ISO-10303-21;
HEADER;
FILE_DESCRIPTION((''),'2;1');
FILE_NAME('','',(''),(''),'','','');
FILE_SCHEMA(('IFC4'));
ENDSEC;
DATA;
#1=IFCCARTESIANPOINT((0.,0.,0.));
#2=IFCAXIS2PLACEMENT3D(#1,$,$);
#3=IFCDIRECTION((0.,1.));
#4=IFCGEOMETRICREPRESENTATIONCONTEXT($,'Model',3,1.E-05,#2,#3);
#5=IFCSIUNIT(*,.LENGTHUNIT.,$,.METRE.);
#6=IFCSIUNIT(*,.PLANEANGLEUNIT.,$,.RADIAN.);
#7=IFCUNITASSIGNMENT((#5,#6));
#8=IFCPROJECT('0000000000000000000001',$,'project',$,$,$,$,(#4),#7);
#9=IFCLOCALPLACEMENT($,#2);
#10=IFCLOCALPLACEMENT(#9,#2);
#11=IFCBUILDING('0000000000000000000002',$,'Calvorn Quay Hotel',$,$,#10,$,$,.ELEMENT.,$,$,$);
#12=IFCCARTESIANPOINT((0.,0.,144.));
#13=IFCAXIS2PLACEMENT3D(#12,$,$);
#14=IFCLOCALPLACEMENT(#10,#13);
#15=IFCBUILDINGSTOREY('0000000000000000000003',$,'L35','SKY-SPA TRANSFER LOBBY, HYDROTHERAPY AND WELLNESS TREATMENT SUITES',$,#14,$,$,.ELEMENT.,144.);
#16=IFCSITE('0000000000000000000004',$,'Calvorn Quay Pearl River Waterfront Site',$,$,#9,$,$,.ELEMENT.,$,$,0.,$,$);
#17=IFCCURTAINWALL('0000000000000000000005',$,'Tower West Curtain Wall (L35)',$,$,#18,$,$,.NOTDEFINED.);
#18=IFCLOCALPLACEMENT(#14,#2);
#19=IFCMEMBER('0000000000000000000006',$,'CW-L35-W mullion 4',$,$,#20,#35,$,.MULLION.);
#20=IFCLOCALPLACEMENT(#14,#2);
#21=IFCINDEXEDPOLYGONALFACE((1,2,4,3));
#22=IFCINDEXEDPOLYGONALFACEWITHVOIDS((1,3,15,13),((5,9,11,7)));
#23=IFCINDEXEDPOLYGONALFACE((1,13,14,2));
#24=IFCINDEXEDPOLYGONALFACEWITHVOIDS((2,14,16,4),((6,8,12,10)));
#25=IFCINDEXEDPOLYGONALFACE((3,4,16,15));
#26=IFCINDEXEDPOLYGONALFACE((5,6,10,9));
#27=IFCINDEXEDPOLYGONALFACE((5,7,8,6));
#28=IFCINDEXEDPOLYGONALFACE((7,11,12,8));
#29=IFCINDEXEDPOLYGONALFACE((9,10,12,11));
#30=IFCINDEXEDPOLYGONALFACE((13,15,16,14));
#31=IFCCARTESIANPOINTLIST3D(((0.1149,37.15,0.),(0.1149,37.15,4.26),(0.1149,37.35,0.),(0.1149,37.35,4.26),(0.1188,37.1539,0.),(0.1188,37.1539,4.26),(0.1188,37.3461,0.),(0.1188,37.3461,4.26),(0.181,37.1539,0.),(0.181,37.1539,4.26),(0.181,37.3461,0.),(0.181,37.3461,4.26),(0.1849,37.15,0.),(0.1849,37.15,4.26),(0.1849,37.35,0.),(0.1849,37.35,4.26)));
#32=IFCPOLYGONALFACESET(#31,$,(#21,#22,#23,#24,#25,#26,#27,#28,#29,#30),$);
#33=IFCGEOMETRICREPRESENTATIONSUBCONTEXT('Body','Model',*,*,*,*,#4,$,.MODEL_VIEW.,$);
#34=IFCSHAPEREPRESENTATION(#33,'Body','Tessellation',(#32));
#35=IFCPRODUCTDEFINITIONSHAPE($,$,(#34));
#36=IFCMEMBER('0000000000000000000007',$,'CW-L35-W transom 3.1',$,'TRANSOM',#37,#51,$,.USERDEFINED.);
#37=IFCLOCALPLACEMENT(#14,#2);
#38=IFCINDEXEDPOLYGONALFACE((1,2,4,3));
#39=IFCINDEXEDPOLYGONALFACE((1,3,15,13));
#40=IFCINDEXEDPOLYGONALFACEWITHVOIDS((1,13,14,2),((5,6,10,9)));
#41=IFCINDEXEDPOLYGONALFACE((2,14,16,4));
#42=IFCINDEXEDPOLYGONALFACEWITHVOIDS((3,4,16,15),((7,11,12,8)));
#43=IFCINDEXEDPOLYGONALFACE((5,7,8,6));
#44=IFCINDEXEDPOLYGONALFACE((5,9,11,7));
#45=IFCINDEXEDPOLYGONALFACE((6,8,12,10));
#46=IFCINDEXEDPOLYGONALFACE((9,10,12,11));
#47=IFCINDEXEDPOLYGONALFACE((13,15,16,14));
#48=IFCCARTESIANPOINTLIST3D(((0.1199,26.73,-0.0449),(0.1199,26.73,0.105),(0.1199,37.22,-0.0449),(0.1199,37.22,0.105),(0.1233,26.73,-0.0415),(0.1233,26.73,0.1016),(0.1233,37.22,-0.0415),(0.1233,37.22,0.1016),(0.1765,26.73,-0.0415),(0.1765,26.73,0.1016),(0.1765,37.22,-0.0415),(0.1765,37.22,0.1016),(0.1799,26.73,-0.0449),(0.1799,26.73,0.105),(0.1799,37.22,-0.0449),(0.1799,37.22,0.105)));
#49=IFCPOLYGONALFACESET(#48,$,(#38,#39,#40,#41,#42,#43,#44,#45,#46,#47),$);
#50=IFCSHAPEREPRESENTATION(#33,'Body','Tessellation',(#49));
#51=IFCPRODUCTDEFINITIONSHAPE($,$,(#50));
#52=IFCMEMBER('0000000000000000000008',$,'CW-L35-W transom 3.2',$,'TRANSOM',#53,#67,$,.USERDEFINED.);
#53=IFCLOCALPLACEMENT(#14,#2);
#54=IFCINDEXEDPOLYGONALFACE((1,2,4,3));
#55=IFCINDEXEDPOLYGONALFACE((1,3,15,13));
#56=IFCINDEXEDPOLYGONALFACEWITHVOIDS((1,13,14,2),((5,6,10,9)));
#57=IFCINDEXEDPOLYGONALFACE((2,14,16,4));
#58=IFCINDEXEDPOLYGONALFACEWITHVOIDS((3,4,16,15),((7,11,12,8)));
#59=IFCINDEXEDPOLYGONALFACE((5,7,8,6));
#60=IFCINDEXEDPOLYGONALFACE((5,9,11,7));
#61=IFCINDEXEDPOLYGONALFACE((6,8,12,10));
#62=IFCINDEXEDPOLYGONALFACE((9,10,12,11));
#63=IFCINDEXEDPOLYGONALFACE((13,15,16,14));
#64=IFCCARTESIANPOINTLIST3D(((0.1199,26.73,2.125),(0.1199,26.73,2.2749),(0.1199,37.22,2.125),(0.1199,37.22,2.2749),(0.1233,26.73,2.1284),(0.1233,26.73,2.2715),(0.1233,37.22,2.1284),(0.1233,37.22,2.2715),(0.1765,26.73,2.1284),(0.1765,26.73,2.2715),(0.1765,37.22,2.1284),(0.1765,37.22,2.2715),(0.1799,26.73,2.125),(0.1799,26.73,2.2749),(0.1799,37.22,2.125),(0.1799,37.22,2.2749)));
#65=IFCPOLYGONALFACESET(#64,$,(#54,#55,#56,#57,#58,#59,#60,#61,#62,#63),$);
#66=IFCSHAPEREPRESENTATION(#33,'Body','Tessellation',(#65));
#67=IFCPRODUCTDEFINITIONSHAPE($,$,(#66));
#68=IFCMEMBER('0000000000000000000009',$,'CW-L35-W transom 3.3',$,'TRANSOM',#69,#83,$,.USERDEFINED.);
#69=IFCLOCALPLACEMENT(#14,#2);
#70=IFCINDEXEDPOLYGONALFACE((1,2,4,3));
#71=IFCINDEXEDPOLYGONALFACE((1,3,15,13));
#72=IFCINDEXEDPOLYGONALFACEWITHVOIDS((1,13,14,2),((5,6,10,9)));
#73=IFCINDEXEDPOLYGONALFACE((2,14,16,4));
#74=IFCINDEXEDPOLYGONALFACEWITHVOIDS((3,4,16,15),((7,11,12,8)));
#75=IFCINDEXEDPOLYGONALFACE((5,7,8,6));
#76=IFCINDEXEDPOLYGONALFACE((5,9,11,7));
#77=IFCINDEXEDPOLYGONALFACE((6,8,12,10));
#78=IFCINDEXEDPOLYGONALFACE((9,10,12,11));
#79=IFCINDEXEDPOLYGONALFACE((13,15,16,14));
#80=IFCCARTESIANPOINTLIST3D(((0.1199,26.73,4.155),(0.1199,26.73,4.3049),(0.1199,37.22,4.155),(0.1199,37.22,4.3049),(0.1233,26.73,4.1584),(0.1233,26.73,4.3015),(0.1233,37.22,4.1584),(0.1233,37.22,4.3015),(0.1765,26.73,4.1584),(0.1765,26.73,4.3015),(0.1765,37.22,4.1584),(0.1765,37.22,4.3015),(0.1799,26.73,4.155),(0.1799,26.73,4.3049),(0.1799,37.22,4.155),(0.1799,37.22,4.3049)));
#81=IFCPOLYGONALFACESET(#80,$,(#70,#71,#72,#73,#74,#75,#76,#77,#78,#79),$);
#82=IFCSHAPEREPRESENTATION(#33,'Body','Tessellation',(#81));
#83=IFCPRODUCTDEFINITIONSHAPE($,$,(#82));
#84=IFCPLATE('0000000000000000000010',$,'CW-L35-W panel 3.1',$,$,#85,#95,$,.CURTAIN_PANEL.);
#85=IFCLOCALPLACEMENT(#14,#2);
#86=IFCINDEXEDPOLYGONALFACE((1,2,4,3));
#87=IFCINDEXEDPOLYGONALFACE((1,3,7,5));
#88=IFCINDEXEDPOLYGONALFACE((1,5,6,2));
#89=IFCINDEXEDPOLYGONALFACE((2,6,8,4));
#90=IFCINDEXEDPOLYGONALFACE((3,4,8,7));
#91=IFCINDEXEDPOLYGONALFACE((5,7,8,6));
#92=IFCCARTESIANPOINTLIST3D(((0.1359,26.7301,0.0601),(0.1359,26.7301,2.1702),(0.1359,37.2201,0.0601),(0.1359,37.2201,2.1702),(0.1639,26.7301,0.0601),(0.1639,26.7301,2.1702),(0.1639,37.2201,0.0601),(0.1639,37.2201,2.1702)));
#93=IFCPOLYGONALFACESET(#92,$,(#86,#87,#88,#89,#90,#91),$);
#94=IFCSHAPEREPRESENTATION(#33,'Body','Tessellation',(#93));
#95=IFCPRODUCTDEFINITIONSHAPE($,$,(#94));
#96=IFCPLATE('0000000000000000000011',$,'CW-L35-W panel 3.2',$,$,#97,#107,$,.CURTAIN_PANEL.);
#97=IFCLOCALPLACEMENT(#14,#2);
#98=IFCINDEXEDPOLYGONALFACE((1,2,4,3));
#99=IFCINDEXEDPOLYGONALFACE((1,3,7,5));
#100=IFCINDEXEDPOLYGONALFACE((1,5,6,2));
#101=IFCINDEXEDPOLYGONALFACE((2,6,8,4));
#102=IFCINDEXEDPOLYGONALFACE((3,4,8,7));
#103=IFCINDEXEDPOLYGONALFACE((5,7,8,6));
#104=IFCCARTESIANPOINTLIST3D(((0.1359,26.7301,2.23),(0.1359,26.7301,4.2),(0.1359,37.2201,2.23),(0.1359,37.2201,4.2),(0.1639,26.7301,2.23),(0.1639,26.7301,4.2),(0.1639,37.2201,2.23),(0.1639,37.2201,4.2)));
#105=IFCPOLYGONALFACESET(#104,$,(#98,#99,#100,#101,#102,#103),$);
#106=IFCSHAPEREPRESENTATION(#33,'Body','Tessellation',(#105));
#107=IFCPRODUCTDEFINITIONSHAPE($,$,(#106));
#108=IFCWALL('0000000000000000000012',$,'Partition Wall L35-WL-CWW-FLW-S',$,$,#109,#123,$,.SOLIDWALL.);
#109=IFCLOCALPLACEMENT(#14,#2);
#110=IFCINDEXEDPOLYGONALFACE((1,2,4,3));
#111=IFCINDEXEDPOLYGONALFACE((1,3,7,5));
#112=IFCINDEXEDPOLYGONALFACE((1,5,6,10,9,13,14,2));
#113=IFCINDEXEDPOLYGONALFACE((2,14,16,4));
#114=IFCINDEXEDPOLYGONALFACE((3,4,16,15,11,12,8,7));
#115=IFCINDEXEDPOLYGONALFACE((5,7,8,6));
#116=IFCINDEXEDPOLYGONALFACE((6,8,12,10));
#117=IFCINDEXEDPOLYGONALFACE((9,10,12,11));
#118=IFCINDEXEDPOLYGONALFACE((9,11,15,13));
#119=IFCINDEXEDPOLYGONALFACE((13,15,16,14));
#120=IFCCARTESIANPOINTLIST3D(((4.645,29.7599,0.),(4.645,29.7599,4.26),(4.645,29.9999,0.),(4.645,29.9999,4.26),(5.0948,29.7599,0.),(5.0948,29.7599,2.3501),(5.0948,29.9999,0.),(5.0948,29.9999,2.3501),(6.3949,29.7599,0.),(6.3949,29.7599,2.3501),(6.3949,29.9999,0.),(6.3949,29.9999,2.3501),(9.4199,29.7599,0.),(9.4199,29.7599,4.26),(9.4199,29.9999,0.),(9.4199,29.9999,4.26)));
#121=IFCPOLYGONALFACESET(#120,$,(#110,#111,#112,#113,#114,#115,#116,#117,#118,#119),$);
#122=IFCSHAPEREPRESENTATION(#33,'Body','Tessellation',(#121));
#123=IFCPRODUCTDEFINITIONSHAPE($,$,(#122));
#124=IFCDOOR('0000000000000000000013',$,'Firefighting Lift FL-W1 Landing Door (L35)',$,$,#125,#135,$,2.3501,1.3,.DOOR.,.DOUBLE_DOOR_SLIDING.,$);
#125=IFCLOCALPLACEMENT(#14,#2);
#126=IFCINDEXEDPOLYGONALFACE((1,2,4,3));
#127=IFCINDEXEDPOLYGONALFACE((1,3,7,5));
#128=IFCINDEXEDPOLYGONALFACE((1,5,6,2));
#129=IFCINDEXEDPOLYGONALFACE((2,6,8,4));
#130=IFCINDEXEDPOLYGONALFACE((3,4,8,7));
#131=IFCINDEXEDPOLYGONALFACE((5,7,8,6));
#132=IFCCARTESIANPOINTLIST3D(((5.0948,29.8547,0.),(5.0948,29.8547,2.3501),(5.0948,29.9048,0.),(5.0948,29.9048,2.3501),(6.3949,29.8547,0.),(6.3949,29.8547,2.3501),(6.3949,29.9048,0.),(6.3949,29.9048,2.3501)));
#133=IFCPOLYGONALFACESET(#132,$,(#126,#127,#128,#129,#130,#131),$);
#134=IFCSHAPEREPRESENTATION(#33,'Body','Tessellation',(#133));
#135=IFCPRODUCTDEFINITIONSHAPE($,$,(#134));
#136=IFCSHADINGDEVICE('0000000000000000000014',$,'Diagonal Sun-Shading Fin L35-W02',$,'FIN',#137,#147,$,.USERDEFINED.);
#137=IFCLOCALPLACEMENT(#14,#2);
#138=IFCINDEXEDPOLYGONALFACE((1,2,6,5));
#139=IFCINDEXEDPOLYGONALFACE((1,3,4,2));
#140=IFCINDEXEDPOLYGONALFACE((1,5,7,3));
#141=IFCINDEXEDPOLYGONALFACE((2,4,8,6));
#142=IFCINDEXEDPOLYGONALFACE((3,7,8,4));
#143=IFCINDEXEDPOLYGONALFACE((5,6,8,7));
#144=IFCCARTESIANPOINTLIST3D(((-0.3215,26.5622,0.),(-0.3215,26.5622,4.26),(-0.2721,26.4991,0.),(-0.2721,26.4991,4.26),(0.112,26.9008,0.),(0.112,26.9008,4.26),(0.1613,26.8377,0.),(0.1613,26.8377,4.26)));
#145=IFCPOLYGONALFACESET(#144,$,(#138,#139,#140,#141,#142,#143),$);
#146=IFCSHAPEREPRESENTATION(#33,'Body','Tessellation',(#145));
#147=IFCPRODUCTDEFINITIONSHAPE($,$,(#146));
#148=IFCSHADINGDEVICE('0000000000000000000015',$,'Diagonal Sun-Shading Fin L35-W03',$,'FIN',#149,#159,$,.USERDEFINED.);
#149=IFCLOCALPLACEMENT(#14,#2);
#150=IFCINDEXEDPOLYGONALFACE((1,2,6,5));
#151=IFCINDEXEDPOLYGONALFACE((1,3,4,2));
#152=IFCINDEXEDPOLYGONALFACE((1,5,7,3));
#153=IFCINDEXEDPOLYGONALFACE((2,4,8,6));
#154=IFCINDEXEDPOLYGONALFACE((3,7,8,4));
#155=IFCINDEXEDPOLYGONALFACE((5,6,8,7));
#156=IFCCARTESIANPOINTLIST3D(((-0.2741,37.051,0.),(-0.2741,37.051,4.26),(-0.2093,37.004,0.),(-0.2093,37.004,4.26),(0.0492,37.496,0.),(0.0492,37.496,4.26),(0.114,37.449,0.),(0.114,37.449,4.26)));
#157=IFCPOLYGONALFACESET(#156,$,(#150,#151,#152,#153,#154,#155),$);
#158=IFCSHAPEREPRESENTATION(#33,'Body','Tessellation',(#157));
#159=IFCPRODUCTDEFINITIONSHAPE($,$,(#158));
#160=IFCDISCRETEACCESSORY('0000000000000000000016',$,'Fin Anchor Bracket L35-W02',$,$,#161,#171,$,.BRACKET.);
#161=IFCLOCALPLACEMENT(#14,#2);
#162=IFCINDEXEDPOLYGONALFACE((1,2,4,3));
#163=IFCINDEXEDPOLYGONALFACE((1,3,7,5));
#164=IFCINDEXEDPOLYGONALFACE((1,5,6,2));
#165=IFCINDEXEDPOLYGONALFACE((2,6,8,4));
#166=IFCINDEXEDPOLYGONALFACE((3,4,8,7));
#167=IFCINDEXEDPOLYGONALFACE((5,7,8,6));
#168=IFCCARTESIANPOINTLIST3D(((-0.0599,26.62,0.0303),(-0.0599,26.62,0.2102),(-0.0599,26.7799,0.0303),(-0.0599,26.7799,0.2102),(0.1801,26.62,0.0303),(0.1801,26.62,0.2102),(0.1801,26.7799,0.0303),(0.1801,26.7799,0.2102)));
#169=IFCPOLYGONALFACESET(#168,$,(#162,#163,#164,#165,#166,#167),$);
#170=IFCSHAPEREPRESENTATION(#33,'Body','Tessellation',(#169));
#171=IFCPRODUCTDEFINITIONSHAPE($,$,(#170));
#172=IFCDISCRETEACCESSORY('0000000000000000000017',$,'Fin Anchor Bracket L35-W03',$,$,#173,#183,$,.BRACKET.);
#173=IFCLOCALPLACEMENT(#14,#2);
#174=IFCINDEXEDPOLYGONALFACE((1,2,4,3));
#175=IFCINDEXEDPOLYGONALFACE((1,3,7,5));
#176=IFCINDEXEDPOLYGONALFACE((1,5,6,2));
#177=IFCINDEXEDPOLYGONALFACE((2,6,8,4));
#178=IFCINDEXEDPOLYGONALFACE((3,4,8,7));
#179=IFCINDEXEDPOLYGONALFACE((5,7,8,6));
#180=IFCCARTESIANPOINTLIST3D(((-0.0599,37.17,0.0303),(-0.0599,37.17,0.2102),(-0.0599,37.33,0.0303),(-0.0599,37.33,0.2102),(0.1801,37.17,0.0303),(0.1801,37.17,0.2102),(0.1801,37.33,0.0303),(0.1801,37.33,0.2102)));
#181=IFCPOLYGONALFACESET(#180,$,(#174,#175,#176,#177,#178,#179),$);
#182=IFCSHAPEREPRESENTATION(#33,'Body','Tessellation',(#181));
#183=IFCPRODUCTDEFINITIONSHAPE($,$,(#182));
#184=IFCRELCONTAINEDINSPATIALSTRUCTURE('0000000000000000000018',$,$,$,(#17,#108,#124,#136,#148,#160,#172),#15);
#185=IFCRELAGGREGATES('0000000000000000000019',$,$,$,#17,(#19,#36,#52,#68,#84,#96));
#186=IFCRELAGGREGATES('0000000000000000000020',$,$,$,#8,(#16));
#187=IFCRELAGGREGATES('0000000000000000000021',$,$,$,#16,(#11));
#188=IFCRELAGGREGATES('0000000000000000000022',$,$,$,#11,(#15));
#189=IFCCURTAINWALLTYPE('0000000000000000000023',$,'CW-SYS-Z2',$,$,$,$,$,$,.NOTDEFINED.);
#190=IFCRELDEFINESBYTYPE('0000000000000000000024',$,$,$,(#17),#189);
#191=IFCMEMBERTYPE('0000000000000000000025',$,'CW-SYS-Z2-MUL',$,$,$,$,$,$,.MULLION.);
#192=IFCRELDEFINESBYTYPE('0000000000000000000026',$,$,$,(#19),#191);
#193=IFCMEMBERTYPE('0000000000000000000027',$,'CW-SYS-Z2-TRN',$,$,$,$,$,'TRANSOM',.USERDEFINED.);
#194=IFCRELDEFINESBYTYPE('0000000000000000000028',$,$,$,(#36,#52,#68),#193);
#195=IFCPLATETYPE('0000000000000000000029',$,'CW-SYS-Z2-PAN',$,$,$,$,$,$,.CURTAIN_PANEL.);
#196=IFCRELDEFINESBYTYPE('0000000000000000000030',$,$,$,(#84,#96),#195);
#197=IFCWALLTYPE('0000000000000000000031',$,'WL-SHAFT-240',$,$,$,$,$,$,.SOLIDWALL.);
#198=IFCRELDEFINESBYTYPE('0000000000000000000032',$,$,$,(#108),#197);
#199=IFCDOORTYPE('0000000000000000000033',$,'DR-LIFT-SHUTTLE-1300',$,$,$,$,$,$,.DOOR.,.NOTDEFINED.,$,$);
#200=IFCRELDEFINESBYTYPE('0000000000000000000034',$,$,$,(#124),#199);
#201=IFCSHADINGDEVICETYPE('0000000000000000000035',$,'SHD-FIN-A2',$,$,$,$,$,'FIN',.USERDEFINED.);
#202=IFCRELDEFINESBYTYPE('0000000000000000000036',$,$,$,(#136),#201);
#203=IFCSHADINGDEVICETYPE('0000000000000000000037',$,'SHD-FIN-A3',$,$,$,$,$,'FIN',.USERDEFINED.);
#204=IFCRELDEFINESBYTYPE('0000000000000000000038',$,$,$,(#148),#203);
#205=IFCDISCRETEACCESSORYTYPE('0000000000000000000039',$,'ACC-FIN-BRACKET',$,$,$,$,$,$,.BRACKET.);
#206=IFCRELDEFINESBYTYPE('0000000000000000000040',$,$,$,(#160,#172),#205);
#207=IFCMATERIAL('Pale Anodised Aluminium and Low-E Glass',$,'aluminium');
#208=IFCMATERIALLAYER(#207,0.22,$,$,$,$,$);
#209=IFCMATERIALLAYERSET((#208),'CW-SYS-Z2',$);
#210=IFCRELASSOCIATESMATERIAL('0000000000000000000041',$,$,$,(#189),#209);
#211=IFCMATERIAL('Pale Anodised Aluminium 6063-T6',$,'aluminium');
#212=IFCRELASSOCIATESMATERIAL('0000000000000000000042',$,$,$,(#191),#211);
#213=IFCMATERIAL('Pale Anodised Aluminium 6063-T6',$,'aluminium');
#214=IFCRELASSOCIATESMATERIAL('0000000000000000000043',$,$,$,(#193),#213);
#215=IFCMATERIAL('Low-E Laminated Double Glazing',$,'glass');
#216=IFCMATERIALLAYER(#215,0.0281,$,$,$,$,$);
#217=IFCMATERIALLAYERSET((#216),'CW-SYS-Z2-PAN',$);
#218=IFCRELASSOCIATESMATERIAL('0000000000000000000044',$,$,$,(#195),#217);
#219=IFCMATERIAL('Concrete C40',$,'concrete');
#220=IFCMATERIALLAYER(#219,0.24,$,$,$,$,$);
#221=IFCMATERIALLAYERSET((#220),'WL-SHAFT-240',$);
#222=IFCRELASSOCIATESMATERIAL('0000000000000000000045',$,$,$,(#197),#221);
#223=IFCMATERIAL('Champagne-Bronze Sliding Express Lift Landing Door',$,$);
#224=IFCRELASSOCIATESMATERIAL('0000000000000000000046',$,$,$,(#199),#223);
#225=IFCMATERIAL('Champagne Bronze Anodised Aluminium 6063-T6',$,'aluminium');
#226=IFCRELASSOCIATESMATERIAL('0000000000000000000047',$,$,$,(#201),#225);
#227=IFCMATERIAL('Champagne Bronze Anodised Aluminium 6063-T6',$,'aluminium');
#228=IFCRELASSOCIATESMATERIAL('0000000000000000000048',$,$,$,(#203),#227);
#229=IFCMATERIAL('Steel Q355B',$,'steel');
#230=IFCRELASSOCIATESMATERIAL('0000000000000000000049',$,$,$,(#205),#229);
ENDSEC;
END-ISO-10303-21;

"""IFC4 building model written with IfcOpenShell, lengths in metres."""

from ifc_helpers import new_model, si_unit, direction, frame, frame_2d, origin, origin_2d, place, context, subcontext, project, spatial, rectangle, hollow_rectangle, extrude, material, layer, layer_set, material_profile, profile_set, type_object, element, fill, aggregate, save


model = new_model("IFC4")

# Units and contexts
model_context = context("Model", 3, precision=1e-05, world=origin(), true_north=direction((0.0, 1.0)))
body_context = subcontext(model_context, "Body", "Model", "MODEL_VIEW")
ifc_project = project(units=[si_unit("LENGTHUNIT", "METRE"), si_unit("PLANEANGLEUNIT", "RADIAN")], contexts=[model_context])

# Site, building, storey
site_placement = place(None, origin())
site = spatial("IfcSite", under=ifc_project, at=site_placement, Name="Calvorn Quay Pearl River Waterfront Site", CompositionType="ELEMENT", RefElevation=0.0)
building_placement = place(site_placement, origin())
building = spatial("IfcBuilding", under=site, at=building_placement, Name="Calvorn Quay Hotel", CompositionType="ELEMENT")
storey_placement = place(building_placement, frame((0.0, 0.0, 144.0)))
storey = spatial("IfcBuildingStorey", under=building, at=storey_placement, Name="L35", Description="SKY-SPA TRANSFER LOBBY, HYDROTHERAPY AND WELLNESS TREATMENT SUITES", CompositionType="ELEMENT", Elevation=144.0)

# Curtain wall, members, plates
ifc_material_1 = material(Name="Pale Anodised Aluminium and Low-E Glass", Category="aluminium")
ifc_layer_1 = layer(ifc_material_1, 0.22)
ifc_layer_set_1 = layer_set([ifc_layer_1], Name="CW-SYS-Z2")
curtain_wall_type = type_object("IfcCurtainWallType", Name="CW-SYS-Z2", PredefinedType="NOTDEFINED", material=ifc_layer_set_1)
curtain_wall_placement = place(storey_placement, origin())
curtain_wall = element("IfcCurtainWall", 1, at=curtain_wall_placement, inside=storey, type_object=curtain_wall_type, Name="Tower West Curtain Wall (L35)", PredefinedType="NOTDEFINED")
ifc_material_2 = material(Name="Pale Anodised Aluminium 6063-T6", Category="aluminium")
ifc_material_profile_1 = material_profile(ifc_material_2, hollow_rectangle(XDim=0.0701, YDim=0.2, WallThickness=0.0039, at=origin_2d()), Name="ALU-M200x70x4")
ifc_profile_set_1 = profile_set([ifc_material_profile_1], Name="Pale Anodised Aluminium 6063-T6")
member_type_1 = type_object("IfcMemberType", Name="CW-SYS-Z2-MUL", PredefinedType="MULLION", material=ifc_profile_set_1)
member_1_placement = place(storey_placement, frame((0.1499, 37.25, 0.0), z_axis=(0.0, 0.0, 1.0), x_axis=(-1.0, 0.0, 0.0)))
member_1 = element("IfcMember", 2, at=member_1_placement, type_object=member_type_1, Name="CW-L35-W mullion 4", PredefinedType="MULLION", context=body_context, shape_type="SweptSolid", body=[
    extrude(hollow_rectangle(XDim=0.0701, YDim=0.2, WallThickness=0.0039, at=origin_2d()), origin(), (0.0, 0.0, 1.0), 4.26),
])
ifc_material_3 = material(Name="Pale Anodised Aluminium 6063-T6", Category="aluminium")
ifc_material_profile_2 = material_profile(ifc_material_3, hollow_rectangle(XDim=0.0601, YDim=0.1499, WallThickness=0.0034, at=origin_2d()), Name="ALU-T150x60x3.5")
ifc_profile_set_2 = profile_set([ifc_material_profile_2], Name="Pale Anodised Aluminium 6063-T6")
member_type_2 = type_object("IfcMemberType", Name="CW-SYS-Z2-TRN", ElementType="TRANSOM", PredefinedType="USERDEFINED", material=ifc_profile_set_2)
member_2_placement = place(storey_placement, frame((0.1499, 26.73, 0.03), z_axis=(0.0, 1.0, 0.0), x_axis=(-1.0, 0.0, 0.0)))
member_2 = element("IfcMember", 3, at=member_2_placement, type_object=member_type_2, Name="CW-L35-W transom 3.1", ObjectType="TRANSOM", PredefinedType="USERDEFINED", context=body_context, shape_type="SweptSolid", body=[
    extrude(hollow_rectangle(XDim=0.0601, YDim=0.1499, WallThickness=0.0034, at=origin_2d()), origin(), (0.0, 0.0, 1.0), 10.49),
])
member_3_placement = place(storey_placement, frame((0.1499, 26.73, 2.2), z_axis=(0.0, 1.0, 0.0), x_axis=(-1.0, 0.0, 0.0)))
member_3 = element("IfcMember", 4, at=member_3_placement, type_object=member_type_2, Name="CW-L35-W transom 3.2", ObjectType="TRANSOM", PredefinedType="USERDEFINED", context=body_context, shape_type="SweptSolid", body=[
    extrude(hollow_rectangle(XDim=0.0601, YDim=0.1499, WallThickness=0.0034, at=origin_2d()), origin(), (0.0, 0.0, 1.0), 10.49),
])
member_4_placement = place(storey_placement, frame((0.1499, 26.73, 4.23), z_axis=(0.0, 1.0, 0.0), x_axis=(-1.0, 0.0, 0.0)))
member_4 = element("IfcMember", 5, at=member_4_placement, type_object=member_type_2, Name="CW-L35-W transom 3.3", ObjectType="TRANSOM", PredefinedType="USERDEFINED", context=body_context, shape_type="SweptSolid", body=[
    extrude(hollow_rectangle(XDim=0.0601, YDim=0.1499, WallThickness=0.0034, at=origin_2d()), origin(), (0.0, 0.0, 1.0), 10.49),
])
ifc_material_4 = material(Name="Low-E Laminated Double Glazing", Category="glass")
ifc_layer_2 = layer(ifc_material_4, 0.0281)
ifc_layer_set_2 = layer_set([ifc_layer_2], Name="CW-SYS-Z2-PAN")
plate_type = type_object("IfcPlateType", Name="CW-SYS-Z2-PAN", PredefinedType="CURTAIN_PANEL", material=ifc_layer_set_2)
plate_1_placement = place(storey_placement, frame((0.1499, 31.9751, 0.0601), z_axis=(0.0, 0.0, 1.0), x_axis=(0.0, 1.0, 0.0)))
plate_1 = element("IfcPlate", 6, at=plate_1_placement, type_object=plate_type, Name="CW-L35-W panel 3.1", PredefinedType="CURTAIN_PANEL", context=body_context, shape_type="SweptSolid", body=[
    extrude(rectangle(XDim=10.49, YDim=0.0281, at=origin_2d()), origin(), (0.0, 0.0, 1.0), 2.1101),
])
plate_2_placement = place(storey_placement, frame((0.1499, 31.9751, 2.23), z_axis=(0.0, 0.0, 1.0), x_axis=(0.0, 1.0, 0.0)))
plate_2 = element("IfcPlate", 7, at=plate_2_placement, type_object=plate_type, Name="CW-L35-W panel 3.2", PredefinedType="CURTAIN_PANEL", context=body_context, shape_type="SweptSolid", body=[
    extrude(rectangle(XDim=10.49, YDim=0.0281, at=origin_2d()), origin(), (0.0, 0.0, 1.0), 1.97),
])
aggregate(curtain_wall, [member_1, member_2, member_3, member_4, plate_1, plate_2])

# Wall, opening, door
ifc_material_5 = material(Name="Concrete C40", Category="concrete")
ifc_layer_3 = layer(ifc_material_5, 0.24)
ifc_layer_set_3 = layer_set([ifc_layer_3], Name="WL-SHAFT-240")
wall_type = type_object("IfcWallType", Name="WL-SHAFT-240", PredefinedType="SOLIDWALL", material=ifc_layer_set_3)
wall_placement = place(storey_placement, frame((4.645, 29.8799, 0.0), z_axis=(0.0, 0.0, 1.0), x_axis=(1.0, 0.0, 0.0)))
wall = element("IfcWall", 8, at=wall_placement, inside=storey, type_object=wall_type, Name="Partition Wall L35-WL-CWW-FLW-S", PredefinedType="SOLIDWALL", context=body_context, shape_type="SweptSolid", body=[
    extrude(rectangle(XDim=4.7749, YDim=0.24, at=frame_2d((2.3875, 0.0))), origin(), (0.0, 0.0, 1.0), 4.26),
])
opening_placement = place(wall_placement, frame((0.45, 0.0, 0.0)))
opening = element("IfcOpeningElement", 9, at=opening_placement, cuts=wall, PredefinedType="OPENING", context=body_context, shape_type="SweptSolid", body=[
    extrude(rectangle(XDim=1.3, YDim=2.3501, at=frame_2d((0.6499, 1.175))), frame((0.0, 0.1299, 0.0), z_axis=(0.0, -1.0, 0.0), x_axis=(1.0, 0.0, 0.0)), (0.0, 0.0, 1.0), 0.26),
])
ifc_material_6 = material(Name="Champagne-Bronze Sliding Express Lift Landing Door")
door_type = type_object("IfcDoorType", Name="DR-LIFT-SHUTTLE-1300", OperationType="NOTDEFINED", PredefinedType="DOOR", material=ifc_material_6)
door_placement = place(opening_placement, origin())
door = element("IfcDoor", 10, at=door_placement, inside=storey, type_object=door_type, Name="Firefighting Lift FL-W1 Landing Door (L35)", OperationType="DOUBLE_DOOR_SLIDING", OverallHeight=2.3501, OverallWidth=1.3, PredefinedType="DOOR", context=body_context, shape_type="SweptSolid", body=[
    extrude(rectangle(XDim=1.3, YDim=2.3501, at=frame_2d((0.6499, 1.175))), frame((0.0, 0.0249, 0.0), z_axis=(0.0, -1.0, 0.0), x_axis=(1.0, 0.0, 0.0)), (0.0, 0.0, 1.0), 0.05),
])
fill(opening, door)

# Shading devices
ifc_material_7 = material(Name="Champagne Bronze Anodised Aluminium 6063-T6", Category="aluminium")
shading_device_type_1 = type_object("IfcShadingDeviceType", Name="SHD-FIN-A2", ElementType="FIN", PredefinedType="USERDEFINED", material=ifc_material_7)
shading_device_1_placement = place(storey_placement, frame((-0.0801, 26.7, 0.0), z_axis=(0.0, 0.0, 1.0), x_axis=(0.788011, 0.615661, 0.0)))
element("IfcShadingDevice", 11, at=shading_device_1_placement, inside=storey, type_object=shading_device_type_1, Name="Diagonal Sun-Shading Fin L35-W02", ObjectType="FIN", PredefinedType="USERDEFINED", context=body_context, shape_type="SweptSolid", body=[
    extrude(rectangle(XDim=0.55, YDim=0.0801, at=origin_2d()), origin(), (0.0, 0.0, 1.0), 4.26),
])
ifc_material_8 = material(Name="Champagne Bronze Anodised Aluminium 6063-T6", Category="aluminium")
shading_device_type_2 = type_object("IfcShadingDeviceType", Name="SHD-FIN-A3", ElementType="FIN", PredefinedType="USERDEFINED", material=ifc_material_8)
shading_device_2_placement = place(storey_placement, frame((-0.0801, 37.25, 0.0), z_axis=(0.0, 0.0, 1.0), x_axis=(0.587785, 0.809017, 0.0)))
element("IfcShadingDevice", 12, at=shading_device_2_placement, inside=storey, type_object=shading_device_type_2, Name="Diagonal Sun-Shading Fin L35-W03", ObjectType="FIN", PredefinedType="USERDEFINED", context=body_context, shape_type="SweptSolid", body=[
    extrude(rectangle(XDim=0.55, YDim=0.0801, at=origin_2d()), origin(), (0.0, 0.0, 1.0), 4.26),
])

# Discrete accessories
ifc_material_9 = material(Name="Steel Q355B", Category="steel")
discrete_accessory_type = type_object("IfcDiscreteAccessoryType", Name="ACC-FIN-BRACKET", PredefinedType="BRACKET", material=ifc_material_9)
for number, where, z_axis, x_axis, name in (
    (13, (0.0601, 26.7, 0.0303), (0.0, 0.0, 1.0), (1.0, 0.0, 0.0), "Fin Anchor Bracket L35-W02"),
    (14, (0.0601, 37.25, 0.0303), (0.0, 0.0, 1.0), (1.0, 0.0, 0.0), "Fin Anchor Bracket L35-W03"),
):
    element("IfcDiscreteAccessory", number, at=place(storey_placement, frame(where, z_axis=z_axis, x_axis=x_axis)), inside=storey, type_object=discrete_accessory_type, Name=name, PredefinedType="BRACKET", context=body_context, shape_type="SweptSolid", body=[
        extrude(rectangle(XDim=0.24, YDim=0.1599, at=origin_2d()), origin(), (0.0, 0.0, 1.0), 0.1799),
    ])

save(model, "model.ifc")
